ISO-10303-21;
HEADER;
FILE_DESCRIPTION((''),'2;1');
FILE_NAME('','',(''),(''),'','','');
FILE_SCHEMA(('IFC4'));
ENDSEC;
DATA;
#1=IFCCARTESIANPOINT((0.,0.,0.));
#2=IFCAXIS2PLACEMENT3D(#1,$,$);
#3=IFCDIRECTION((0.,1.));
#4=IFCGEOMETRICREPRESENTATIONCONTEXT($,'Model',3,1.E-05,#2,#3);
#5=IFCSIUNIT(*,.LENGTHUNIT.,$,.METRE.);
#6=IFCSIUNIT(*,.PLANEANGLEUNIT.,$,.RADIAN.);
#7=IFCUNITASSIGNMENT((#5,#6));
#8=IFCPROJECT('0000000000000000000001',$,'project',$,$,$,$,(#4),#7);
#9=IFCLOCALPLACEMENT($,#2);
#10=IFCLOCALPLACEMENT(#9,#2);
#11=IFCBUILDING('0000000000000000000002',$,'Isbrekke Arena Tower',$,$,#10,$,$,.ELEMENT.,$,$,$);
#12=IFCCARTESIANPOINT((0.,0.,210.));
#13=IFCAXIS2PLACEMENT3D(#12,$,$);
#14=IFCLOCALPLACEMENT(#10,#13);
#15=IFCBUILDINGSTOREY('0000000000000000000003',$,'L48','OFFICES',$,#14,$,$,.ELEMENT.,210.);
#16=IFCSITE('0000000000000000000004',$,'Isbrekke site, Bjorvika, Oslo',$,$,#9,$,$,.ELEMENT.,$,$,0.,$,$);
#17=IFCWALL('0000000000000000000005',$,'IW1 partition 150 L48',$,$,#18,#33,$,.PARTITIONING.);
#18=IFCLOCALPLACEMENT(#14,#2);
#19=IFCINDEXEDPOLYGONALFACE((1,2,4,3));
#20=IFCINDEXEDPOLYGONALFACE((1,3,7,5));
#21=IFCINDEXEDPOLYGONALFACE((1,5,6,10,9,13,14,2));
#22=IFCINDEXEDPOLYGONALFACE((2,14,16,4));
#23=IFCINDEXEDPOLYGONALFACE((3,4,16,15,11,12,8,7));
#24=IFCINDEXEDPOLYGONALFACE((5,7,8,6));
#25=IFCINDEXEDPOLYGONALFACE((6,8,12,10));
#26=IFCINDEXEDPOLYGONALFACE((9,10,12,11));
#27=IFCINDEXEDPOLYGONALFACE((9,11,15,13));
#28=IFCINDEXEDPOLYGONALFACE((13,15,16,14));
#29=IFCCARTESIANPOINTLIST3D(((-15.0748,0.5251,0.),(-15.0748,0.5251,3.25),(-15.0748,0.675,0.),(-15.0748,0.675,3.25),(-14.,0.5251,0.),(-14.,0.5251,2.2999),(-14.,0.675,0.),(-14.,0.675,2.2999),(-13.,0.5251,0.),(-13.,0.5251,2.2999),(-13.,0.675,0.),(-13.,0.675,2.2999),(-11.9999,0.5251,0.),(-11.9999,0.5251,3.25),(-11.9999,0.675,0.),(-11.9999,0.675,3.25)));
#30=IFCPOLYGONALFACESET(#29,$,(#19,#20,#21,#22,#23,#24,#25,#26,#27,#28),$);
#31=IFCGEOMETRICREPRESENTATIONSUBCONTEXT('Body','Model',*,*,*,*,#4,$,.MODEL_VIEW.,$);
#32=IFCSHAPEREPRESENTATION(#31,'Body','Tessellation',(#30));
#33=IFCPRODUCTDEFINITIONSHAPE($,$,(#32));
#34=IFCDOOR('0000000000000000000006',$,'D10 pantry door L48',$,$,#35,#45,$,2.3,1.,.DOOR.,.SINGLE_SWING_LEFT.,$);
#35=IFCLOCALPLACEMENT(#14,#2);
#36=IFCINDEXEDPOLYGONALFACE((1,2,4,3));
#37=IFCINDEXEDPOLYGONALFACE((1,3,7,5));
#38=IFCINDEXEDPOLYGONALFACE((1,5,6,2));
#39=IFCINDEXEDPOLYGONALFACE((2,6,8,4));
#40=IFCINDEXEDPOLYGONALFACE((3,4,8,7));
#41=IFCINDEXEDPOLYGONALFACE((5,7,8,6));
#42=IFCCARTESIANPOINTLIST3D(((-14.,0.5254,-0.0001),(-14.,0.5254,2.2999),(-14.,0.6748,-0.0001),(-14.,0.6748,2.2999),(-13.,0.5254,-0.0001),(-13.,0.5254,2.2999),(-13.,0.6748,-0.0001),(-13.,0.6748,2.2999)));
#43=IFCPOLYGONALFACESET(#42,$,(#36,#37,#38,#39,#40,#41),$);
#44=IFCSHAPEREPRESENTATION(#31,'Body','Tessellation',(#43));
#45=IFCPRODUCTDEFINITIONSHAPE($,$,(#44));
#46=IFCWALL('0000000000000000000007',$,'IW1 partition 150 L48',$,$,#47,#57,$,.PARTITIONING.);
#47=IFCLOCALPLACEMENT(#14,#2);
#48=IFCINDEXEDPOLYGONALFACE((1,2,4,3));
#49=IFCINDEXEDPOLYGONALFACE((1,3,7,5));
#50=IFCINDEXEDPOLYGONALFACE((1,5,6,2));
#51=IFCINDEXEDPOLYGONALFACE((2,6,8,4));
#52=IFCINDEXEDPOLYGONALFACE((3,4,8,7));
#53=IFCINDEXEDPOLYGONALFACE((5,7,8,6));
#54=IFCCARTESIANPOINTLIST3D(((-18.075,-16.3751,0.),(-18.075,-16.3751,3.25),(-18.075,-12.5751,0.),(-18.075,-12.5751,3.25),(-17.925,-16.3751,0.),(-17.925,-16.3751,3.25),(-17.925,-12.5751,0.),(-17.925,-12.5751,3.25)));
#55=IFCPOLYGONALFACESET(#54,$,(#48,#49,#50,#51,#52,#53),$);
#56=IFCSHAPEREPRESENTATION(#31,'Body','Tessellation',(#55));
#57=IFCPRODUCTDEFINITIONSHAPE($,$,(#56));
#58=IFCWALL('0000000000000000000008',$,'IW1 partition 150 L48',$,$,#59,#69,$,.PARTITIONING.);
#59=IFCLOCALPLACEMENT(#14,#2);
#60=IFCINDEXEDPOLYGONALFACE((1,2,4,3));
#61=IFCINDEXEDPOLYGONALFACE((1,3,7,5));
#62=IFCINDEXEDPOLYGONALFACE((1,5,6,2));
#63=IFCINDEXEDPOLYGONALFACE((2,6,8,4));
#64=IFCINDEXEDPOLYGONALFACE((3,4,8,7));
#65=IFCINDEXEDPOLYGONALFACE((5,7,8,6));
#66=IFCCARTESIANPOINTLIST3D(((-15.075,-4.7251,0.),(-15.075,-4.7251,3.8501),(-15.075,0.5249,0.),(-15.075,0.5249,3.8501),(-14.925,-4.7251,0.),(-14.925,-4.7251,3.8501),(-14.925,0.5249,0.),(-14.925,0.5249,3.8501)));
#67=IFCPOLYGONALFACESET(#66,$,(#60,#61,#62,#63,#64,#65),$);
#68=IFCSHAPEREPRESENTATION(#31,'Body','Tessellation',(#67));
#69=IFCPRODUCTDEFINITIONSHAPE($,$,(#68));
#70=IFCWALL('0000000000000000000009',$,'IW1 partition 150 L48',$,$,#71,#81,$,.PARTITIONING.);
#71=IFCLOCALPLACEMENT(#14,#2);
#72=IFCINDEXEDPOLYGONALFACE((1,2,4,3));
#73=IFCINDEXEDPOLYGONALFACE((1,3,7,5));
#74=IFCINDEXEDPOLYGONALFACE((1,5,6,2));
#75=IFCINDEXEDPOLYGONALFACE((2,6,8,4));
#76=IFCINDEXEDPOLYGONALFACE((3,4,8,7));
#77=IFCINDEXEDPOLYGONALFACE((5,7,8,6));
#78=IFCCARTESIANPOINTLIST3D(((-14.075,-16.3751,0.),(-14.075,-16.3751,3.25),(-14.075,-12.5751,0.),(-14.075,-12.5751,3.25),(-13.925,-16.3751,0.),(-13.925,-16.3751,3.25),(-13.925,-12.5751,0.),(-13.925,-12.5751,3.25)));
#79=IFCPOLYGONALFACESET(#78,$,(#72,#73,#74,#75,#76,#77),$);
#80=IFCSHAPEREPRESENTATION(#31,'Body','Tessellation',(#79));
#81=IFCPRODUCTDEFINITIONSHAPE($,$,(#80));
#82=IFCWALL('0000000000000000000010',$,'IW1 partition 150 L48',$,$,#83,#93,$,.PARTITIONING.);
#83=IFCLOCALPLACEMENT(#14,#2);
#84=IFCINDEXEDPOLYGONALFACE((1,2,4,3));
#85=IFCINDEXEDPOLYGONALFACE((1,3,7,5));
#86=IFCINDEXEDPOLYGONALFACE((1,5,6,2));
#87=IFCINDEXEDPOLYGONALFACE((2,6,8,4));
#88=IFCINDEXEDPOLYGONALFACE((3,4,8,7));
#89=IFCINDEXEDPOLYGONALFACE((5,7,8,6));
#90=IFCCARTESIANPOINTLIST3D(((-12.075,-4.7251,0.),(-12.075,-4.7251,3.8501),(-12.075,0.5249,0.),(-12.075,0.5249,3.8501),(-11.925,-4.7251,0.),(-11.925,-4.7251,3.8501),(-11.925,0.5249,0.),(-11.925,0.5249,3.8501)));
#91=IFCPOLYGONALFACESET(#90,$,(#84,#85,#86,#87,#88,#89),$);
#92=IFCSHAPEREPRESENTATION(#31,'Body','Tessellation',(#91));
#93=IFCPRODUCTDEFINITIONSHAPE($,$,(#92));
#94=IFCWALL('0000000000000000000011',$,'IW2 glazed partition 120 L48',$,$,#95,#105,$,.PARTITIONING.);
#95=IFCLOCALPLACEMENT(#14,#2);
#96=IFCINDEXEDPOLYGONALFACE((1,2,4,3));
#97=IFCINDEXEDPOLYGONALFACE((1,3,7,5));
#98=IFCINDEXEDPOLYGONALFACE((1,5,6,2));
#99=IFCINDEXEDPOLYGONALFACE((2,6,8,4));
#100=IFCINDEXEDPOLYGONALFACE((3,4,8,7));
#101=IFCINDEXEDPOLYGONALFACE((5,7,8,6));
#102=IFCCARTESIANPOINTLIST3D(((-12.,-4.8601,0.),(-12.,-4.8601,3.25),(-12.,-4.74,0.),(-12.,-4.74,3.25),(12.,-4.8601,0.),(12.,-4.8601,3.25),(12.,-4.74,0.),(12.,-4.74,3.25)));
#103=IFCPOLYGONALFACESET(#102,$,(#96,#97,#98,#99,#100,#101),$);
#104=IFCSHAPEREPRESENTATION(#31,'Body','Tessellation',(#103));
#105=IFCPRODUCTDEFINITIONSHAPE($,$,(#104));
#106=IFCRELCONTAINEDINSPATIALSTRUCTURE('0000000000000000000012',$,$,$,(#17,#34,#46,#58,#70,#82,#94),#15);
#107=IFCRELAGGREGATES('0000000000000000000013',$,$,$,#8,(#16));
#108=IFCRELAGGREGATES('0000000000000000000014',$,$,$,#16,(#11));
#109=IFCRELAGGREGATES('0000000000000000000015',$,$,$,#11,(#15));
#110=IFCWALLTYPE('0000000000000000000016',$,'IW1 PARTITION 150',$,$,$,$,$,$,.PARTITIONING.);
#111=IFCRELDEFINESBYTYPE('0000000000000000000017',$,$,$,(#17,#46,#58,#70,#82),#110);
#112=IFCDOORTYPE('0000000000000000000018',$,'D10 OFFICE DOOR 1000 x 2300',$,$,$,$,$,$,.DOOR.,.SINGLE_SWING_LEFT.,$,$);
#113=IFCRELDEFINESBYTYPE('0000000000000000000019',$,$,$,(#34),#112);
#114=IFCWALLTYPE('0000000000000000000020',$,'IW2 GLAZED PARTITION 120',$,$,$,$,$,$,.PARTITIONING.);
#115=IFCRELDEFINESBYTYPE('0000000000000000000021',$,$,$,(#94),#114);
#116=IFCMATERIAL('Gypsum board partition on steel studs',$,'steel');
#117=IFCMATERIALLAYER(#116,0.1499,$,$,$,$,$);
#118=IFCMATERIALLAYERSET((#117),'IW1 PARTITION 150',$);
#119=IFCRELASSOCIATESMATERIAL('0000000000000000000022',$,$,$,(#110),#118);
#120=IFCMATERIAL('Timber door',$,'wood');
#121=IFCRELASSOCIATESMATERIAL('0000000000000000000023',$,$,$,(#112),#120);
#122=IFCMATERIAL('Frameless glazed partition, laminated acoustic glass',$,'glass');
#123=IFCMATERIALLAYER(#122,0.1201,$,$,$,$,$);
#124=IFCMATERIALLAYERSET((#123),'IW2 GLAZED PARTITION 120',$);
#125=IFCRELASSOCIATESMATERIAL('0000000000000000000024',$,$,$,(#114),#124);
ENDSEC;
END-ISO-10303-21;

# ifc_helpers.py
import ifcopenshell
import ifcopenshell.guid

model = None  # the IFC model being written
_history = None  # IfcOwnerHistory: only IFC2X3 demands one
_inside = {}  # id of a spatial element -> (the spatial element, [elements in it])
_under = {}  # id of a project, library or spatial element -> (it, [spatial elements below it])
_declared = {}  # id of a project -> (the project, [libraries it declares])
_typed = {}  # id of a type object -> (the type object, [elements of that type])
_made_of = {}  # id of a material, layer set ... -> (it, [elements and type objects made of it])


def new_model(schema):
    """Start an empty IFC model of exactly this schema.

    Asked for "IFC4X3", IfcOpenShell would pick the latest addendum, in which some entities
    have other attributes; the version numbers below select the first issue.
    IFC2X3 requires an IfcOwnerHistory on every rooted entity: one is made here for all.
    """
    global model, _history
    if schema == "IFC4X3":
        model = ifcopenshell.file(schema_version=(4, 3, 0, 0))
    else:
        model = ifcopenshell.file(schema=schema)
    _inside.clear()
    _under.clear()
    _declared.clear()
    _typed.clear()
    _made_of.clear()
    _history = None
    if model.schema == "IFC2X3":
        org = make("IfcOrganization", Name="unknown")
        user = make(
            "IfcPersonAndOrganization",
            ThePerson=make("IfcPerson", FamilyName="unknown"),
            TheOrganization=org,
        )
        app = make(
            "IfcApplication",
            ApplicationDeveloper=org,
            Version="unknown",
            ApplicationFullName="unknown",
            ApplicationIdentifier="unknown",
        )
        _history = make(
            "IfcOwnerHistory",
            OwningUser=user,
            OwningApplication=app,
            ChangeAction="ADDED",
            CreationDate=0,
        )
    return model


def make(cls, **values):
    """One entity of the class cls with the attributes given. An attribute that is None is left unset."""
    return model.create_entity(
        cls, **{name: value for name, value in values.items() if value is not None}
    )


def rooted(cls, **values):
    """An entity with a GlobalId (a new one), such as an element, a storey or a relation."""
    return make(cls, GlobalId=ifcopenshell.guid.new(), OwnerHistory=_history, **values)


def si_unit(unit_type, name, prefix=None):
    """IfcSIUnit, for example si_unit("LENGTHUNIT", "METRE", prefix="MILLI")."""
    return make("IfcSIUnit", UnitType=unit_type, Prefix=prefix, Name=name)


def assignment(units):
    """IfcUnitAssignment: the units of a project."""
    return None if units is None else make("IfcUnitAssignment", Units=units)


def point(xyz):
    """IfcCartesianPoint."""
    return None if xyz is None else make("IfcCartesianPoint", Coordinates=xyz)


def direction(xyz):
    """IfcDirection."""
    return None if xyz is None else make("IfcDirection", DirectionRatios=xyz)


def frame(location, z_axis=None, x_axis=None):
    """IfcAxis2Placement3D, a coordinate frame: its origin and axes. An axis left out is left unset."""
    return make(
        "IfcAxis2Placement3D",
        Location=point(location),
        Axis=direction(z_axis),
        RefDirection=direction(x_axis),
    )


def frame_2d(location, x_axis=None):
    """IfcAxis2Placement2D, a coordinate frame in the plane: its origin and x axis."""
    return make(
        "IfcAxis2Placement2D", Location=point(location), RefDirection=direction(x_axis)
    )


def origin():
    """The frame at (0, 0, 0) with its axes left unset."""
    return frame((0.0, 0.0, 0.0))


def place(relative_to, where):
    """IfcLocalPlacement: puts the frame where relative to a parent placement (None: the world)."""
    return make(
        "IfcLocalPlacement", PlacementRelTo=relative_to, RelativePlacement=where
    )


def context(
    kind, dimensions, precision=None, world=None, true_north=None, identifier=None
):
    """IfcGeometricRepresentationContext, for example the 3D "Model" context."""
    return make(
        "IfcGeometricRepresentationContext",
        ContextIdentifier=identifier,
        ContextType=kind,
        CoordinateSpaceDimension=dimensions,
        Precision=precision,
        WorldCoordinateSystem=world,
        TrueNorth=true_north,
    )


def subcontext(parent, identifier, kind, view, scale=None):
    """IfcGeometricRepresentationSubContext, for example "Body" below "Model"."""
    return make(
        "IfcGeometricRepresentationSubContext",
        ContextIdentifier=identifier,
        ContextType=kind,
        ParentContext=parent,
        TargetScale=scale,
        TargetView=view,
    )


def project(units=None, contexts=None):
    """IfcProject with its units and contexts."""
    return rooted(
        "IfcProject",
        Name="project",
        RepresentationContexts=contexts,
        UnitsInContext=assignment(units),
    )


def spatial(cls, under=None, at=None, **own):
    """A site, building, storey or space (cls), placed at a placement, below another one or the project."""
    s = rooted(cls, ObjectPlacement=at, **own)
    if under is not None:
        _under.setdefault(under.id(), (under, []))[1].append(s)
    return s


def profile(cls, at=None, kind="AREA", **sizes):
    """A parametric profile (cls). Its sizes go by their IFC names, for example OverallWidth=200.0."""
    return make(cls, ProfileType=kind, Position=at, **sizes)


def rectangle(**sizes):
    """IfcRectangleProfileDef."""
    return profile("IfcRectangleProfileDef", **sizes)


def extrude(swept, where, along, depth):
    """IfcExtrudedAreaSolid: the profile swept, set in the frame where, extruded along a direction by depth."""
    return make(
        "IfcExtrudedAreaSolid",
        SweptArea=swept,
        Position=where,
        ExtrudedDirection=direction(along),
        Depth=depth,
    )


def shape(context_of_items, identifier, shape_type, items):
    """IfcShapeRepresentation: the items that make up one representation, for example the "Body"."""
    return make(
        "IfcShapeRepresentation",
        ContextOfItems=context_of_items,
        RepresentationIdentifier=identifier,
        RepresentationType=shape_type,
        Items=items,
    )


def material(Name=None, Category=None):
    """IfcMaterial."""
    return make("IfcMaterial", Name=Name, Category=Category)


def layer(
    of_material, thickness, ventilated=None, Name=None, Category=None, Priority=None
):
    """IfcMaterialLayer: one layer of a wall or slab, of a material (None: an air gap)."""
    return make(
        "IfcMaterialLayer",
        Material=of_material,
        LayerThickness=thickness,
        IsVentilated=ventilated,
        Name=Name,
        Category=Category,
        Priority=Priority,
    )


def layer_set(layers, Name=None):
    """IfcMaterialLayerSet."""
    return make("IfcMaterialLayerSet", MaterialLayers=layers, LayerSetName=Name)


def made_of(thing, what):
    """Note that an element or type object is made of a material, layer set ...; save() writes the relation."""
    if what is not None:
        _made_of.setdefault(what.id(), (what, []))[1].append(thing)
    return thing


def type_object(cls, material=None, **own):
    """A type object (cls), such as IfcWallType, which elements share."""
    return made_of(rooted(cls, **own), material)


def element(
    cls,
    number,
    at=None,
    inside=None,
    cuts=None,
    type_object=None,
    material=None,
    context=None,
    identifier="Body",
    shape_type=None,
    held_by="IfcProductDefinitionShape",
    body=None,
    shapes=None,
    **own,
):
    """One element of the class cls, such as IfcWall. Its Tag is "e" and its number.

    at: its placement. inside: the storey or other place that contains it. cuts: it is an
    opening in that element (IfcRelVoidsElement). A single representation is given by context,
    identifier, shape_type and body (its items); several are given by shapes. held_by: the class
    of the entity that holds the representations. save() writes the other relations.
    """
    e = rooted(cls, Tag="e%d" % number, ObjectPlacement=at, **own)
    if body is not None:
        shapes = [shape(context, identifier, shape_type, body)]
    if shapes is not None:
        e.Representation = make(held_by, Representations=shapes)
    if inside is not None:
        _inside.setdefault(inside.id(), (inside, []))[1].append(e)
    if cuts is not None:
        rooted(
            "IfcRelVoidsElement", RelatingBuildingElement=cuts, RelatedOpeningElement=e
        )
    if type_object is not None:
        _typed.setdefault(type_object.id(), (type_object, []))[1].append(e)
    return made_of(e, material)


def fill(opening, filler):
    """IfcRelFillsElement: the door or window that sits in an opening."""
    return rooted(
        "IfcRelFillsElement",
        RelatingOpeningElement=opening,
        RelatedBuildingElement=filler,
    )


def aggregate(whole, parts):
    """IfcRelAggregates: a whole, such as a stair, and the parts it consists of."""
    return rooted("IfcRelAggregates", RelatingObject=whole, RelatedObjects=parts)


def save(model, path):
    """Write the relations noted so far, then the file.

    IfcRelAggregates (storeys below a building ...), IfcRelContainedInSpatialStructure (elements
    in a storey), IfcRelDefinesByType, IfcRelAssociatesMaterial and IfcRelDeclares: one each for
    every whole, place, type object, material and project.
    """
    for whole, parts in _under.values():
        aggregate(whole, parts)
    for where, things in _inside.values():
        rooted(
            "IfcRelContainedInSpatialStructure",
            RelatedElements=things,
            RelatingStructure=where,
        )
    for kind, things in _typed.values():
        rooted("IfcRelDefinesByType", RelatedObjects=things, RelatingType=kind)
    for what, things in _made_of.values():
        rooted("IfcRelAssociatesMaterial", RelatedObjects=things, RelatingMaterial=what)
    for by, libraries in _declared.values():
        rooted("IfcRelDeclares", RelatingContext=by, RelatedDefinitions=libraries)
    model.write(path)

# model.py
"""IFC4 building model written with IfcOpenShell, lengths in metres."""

from ifc_helpers import new_model, si_unit, direction, frame, frame_2d, origin, place, context, subcontext, project, spatial, rectangle, extrude, material, layer, layer_set, type_object, element, fill, save


model = new_model("IFC4")

# Units and contexts
model_context = context("Model", 3, precision=1e-05, world=origin(), true_north=direction((0.0, 1.0)))
body_context = subcontext(model_context, "Body", "Model", "MODEL_VIEW")
ifc_project = project(units=[si_unit("LENGTHUNIT", "METRE"), si_unit("PLANEANGLEUNIT", "RADIAN")], contexts=[model_context])

# Site, building, storey
site_placement = place(None, origin())
site = spatial("IfcSite", under=ifc_project, at=site_placement, Name="Isbrekke site, Bjorvika, Oslo", CompositionType="ELEMENT", RefElevation=0.0)
building_placement = place(site_placement, origin())
building = spatial("IfcBuilding", under=site, at=building_placement, Name="Isbrekke Arena Tower", CompositionType="ELEMENT")
storey_placement = place(building_placement, frame((0.0, 0.0, 210.0)))
storey = spatial("IfcBuildingStorey", under=building, at=storey_placement, Name="L48", Description="OFFICES", CompositionType="ELEMENT", Elevation=210.0)

# Shared definitions
ifc_material_1 = material(Name="Gypsum board partition on steel studs", Category="steel")
ifc_layer_1 = layer(ifc_material_1, 0.1499)
ifc_layer_set_1 = layer_set([ifc_layer_1], Name="IW1 PARTITION 150")
wall_type_1 = type_object("IfcWallType", Name="IW1 PARTITION 150", PredefinedType="PARTITIONING", material=ifc_layer_set_1)

# Wall, opening, door
wall_1_placement = place(storey_placement, frame((-15.075, 0.6001, 0.0), z_axis=(0.0, 0.0, 1.0), x_axis=(1.0, 0.0, 0.0)))
wall_1 = element("IfcWall", 1, at=wall_1_placement, inside=storey, type_object=wall_type_1, Name="IW1 partition 150 L48", PredefinedType="PARTITIONING", context=body_context, shape_type="SweptSolid", body=[
    extrude(rectangle(XDim=3.075, YDim=0.1499, at=frame_2d((1.5376, 0.0))), origin(), (0.0, 0.0, 1.0), 3.25),
])
opening_placement = place(wall_1_placement, frame((1.075, 0.0, 0.0)))
opening = element("IfcOpeningElement", 2, at=opening_placement, cuts=wall_1, PredefinedType="OPENING", context=body_context, shape_type="SweptSolid", body=[
    extrude(rectangle(XDim=1.0, YDim=2.3, at=frame_2d((0.5, 1.1499))), frame((0.0, 0.0898, 0.0), z_axis=(0.0, -1.0, 0.0), x_axis=(1.0, 0.0, 0.0)), (0.0, 0.0, 1.0), 0.1797),
])
ifc_material_2 = material(Name="Timber door", Category="wood")
door_type = type_object("IfcDoorType", Name="D10 OFFICE DOOR 1000 x 2300", OperationType="SINGLE_SWING_LEFT", PredefinedType="DOOR", material=ifc_material_2)
door_placement = place(opening_placement, origin())
door = element("IfcDoor", 3, at=door_placement, inside=storey, type_object=door_type, Name="D10 pantry door L48", OperationType="SINGLE_SWING_LEFT", OverallHeight=2.3, OverallWidth=1.0, PredefinedType="DOOR", context=body_context, shape_type="SweptSolid", body=[
    extrude(rectangle(XDim=1.0, YDim=2.3, at=frame_2d((0.5, 1.1499))), frame((0.0, 0.0747, 0.0), z_axis=(0.0, -1.0, 0.0), x_axis=(1.0, 0.0, 0.0)), (0.0, 0.0, 1.0), 0.1494),
])
fill(opening, door)

# Walls
wall_2_placement = place(storey_placement, frame((-18.0, -16.375, 0.0), z_axis=(0.0, 0.0, 1.0), x_axis=(0.0, 1.0, 0.0)))
element("IfcWall", 4, at=wall_2_placement, inside=storey, type_object=wall_type_1, Name="IW1 partition 150 L48", PredefinedType="PARTITIONING", context=body_context, shape_type="SweptSolid", body=[
    extrude(rectangle(XDim=3.8, YDim=0.1499, at=frame_2d((1.8999, 0.0))), origin(), (0.0, 0.0, 1.0), 3.25),
])
wall_3_placement = place(storey_placement, frame((-15.0, -4.7251, 0.0), z_axis=(0.0, 0.0, 1.0), x_axis=(0.0, 1.0, 0.0)))
element("IfcWall", 5, at=wall_3_placement, inside=storey, type_object=wall_type_1, Name="IW1 partition 150 L48", PredefinedType="PARTITIONING", context=body_context, shape_type="SweptSolid", body=[
    extrude(rectangle(XDim=5.25, YDim=0.1499, at=frame_2d((2.625, 0.0))), origin(), (0.0, 0.0, 1.0), 3.8501),
])
wall_4_placement = place(storey_placement, frame((-14.0, -16.375, 0.0), z_axis=(0.0, 0.0, 1.0), x_axis=(0.0, 1.0, 0.0)))
element("IfcWall", 6, at=wall_4_placement, inside=storey, type_object=wall_type_1, Name="IW1 partition 150 L48", PredefinedType="PARTITIONING", context=body_context, shape_type="SweptSolid", body=[
    extrude(rectangle(XDim=3.8, YDim=0.1499, at=frame_2d((1.8999, 0.0))), origin(), (0.0, 0.0, 1.0), 3.25),
])
wall_5_placement = place(storey_placement, frame((-12.0, -4.7251, 0.0), z_axis=(0.0, 0.0, 1.0), x_axis=(0.0, 1.0, 0.0)))
element("IfcWall", 7, at=wall_5_placement, inside=storey, type_object=wall_type_1, Name="IW1 partition 150 L48", PredefinedType="PARTITIONING", context=body_context, shape_type="SweptSolid", body=[
    extrude(rectangle(XDim=5.25, YDim=0.1499, at=frame_2d((2.625, 0.0))), origin(), (0.0, 0.0, 1.0), 3.8501),
])
ifc_material_3 = material(Name="Frameless glazed partition, laminated acoustic glass", Category="glass")
ifc_layer_2 = layer(ifc_material_3, 0.1201)
ifc_layer_set_2 = layer_set([ifc_layer_2], Name="IW2 GLAZED PARTITION 120")
wall_type_2 = type_object("IfcWallType", Name="IW2 GLAZED PARTITION 120", PredefinedType="PARTITIONING", material=ifc_layer_set_2)
wall_6_placement = place(storey_placement, frame((-12.0, -4.8, 0.0), z_axis=(0.0, 0.0, 1.0), x_axis=(1.0, 0.0, 0.0)))
element("IfcWall", 8, at=wall_6_placement, inside=storey, type_object=wall_type_2, Name="IW2 glazed partition 120 L48", PredefinedType="PARTITIONING", context=body_context, shape_type="SweptSolid", body=[
    extrude(rectangle(XDim=24.0, YDim=0.1201, at=frame_2d((12.0, 0.0))), origin(), (0.0, 0.0, 1.0), 3.25),
])

save(model, "model.ifc")
